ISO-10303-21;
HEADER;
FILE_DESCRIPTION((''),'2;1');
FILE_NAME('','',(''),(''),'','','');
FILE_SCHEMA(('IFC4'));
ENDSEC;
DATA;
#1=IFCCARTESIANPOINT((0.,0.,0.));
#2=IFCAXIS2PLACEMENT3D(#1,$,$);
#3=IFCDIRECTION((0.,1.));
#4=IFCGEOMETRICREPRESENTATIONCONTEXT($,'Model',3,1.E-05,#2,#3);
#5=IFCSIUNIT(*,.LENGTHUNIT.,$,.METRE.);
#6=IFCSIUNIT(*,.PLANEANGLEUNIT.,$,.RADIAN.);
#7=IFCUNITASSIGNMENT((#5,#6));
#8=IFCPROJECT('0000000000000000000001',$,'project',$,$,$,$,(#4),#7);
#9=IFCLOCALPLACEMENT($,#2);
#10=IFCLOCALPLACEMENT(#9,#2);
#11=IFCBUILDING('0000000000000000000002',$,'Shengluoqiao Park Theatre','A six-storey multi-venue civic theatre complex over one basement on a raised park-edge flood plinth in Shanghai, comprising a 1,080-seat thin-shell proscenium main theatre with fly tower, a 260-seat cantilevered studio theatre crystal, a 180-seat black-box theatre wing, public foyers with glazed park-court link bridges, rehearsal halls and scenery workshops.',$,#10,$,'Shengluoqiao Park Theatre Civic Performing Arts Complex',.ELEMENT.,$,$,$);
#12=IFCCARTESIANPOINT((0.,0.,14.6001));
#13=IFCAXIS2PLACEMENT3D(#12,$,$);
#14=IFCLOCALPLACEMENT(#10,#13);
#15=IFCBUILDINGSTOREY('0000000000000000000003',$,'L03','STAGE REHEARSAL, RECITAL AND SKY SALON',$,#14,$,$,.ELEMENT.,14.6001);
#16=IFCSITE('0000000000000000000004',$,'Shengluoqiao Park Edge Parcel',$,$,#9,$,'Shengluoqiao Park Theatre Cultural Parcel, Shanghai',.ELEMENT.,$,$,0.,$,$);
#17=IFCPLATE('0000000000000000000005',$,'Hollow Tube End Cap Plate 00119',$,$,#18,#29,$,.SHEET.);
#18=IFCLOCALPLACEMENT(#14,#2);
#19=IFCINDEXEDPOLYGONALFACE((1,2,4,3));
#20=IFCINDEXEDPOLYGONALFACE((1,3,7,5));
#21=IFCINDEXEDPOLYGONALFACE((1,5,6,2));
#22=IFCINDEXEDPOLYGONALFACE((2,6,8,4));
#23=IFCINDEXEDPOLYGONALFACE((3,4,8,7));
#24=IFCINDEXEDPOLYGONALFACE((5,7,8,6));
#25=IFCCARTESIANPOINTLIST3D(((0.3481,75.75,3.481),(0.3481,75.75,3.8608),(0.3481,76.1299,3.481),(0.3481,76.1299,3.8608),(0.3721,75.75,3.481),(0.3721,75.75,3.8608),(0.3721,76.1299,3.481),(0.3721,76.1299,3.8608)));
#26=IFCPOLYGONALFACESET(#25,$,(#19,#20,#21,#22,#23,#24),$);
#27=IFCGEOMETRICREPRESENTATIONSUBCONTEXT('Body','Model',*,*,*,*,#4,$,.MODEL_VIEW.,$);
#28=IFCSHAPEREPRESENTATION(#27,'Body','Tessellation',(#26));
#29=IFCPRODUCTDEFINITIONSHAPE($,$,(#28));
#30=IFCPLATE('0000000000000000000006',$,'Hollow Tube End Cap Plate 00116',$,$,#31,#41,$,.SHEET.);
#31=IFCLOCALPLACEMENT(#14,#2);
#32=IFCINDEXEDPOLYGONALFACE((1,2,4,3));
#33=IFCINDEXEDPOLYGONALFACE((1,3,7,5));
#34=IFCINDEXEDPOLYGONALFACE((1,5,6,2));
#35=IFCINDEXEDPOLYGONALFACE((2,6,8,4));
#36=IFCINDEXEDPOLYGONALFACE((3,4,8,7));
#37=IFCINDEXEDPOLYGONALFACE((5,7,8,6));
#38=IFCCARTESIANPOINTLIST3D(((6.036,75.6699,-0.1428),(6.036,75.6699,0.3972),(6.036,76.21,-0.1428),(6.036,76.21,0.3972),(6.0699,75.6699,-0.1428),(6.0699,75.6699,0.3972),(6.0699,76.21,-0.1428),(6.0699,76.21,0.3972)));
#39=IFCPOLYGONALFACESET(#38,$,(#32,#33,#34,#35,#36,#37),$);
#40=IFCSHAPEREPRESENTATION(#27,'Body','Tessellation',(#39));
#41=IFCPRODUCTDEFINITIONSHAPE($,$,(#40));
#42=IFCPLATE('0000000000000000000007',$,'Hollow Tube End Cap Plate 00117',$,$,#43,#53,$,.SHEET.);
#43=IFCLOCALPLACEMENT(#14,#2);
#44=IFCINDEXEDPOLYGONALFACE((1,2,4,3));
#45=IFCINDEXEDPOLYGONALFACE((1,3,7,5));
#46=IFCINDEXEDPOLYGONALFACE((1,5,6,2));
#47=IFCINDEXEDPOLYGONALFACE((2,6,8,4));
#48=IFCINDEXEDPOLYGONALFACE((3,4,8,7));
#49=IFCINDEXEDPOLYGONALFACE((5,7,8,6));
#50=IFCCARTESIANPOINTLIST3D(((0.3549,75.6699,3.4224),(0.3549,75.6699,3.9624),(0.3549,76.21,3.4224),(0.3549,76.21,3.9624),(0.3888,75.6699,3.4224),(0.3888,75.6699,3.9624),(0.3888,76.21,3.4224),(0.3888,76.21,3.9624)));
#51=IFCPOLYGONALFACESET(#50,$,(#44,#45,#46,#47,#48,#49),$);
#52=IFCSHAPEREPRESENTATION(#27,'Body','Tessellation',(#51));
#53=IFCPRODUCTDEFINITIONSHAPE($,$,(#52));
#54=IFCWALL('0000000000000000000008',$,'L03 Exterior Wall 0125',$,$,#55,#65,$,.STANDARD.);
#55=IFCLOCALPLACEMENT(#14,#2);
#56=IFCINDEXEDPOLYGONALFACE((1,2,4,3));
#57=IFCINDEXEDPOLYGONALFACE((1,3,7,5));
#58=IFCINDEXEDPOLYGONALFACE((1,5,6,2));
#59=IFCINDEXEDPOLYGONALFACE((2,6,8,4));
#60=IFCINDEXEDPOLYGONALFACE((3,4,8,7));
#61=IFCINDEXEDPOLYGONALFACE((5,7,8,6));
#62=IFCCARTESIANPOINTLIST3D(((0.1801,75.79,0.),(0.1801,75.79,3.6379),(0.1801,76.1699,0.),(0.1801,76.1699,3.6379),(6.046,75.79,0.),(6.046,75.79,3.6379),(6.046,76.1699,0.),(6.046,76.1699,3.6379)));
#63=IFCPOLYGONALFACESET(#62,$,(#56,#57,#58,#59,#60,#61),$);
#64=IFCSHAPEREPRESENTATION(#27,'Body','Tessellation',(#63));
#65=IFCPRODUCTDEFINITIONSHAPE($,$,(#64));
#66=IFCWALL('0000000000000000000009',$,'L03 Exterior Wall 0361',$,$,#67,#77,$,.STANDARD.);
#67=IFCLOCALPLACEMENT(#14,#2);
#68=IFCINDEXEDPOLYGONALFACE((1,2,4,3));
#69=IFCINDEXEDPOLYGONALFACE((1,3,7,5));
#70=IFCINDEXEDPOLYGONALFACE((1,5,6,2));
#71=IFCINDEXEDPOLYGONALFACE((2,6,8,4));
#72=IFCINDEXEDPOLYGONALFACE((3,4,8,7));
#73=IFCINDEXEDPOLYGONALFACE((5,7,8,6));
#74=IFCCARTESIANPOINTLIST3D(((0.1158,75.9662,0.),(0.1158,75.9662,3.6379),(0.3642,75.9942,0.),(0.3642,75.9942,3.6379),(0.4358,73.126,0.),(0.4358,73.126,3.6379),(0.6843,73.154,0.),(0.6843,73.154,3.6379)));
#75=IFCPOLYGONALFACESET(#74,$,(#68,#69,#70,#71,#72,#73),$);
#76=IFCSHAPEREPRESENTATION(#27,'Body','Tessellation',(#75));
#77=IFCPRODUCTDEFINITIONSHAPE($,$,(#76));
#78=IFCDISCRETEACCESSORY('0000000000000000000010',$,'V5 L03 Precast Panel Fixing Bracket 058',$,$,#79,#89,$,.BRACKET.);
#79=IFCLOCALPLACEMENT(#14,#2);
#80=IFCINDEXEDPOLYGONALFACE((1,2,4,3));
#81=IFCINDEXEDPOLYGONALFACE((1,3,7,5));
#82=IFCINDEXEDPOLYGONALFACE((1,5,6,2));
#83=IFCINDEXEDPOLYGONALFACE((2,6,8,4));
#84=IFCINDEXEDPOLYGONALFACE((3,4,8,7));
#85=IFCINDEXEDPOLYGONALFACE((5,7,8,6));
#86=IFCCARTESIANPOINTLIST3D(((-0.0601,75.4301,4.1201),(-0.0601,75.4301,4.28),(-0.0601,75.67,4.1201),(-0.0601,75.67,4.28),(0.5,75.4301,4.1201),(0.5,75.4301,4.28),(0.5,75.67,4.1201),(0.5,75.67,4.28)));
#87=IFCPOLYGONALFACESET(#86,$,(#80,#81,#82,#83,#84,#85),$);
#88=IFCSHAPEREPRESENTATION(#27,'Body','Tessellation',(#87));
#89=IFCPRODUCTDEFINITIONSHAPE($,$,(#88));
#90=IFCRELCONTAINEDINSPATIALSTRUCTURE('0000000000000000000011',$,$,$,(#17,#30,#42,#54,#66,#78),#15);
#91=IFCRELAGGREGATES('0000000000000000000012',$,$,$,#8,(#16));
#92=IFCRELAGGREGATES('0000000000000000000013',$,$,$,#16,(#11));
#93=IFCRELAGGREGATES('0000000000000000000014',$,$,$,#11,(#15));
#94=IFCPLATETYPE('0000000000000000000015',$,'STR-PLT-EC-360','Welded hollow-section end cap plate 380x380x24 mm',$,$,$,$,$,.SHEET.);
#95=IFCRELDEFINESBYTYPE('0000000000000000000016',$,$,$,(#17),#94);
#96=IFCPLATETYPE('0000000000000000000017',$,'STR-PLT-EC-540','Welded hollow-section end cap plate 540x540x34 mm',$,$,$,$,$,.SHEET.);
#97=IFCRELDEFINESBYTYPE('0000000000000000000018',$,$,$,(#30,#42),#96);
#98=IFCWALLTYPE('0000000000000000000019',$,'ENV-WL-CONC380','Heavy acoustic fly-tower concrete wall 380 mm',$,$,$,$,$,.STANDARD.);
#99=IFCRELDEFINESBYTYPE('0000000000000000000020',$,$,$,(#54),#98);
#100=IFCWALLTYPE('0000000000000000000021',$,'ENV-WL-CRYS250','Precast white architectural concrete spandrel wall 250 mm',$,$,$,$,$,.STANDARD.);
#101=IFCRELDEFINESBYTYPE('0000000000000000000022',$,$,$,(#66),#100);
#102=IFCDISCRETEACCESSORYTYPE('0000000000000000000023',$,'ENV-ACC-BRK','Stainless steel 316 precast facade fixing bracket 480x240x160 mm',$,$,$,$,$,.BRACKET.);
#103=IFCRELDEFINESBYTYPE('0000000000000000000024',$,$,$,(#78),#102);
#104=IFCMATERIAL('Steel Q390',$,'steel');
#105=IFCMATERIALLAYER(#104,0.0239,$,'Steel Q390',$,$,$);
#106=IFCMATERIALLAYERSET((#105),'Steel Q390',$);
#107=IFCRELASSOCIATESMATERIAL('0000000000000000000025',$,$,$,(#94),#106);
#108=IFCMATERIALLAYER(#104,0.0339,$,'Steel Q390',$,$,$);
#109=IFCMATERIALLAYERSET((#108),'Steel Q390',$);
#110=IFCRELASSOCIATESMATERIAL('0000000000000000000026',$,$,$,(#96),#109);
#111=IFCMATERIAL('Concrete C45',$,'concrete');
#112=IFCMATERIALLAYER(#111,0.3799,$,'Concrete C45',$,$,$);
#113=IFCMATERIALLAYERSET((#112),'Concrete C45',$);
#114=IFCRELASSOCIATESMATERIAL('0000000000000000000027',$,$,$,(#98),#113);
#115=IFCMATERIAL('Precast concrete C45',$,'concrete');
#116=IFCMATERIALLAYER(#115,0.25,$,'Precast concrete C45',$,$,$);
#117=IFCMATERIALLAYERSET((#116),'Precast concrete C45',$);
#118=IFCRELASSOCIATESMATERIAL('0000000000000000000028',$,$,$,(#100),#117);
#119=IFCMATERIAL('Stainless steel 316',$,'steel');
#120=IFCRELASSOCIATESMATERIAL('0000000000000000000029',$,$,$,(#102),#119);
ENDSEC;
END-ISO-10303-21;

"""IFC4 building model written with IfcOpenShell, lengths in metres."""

from ifc_helpers import new_model, si_unit, direction, frame, frame_2d, origin, origin_2d, place, context, subcontext, project, spatial, rectangle, extrude, material, layer, layer_set, type_object, element, save


model = new_model("IFC4")

# Units and contexts
model_context = context("Model", 3, precision=1e-05, world=origin(), true_north=direction((0.0, 1.0)))
body_context = subcontext(model_context, "Body", "Model", "MODEL_VIEW")
ifc_project = project(units=[si_unit("LENGTHUNIT", "METRE"), si_unit("PLANEANGLEUNIT", "RADIAN")], contexts=[model_context])

# Site, building, storey
site_placement = place(None, origin())
site = spatial("IfcSite", under=ifc_project, at=site_placement, Name="Shengluoqiao Park Edge Parcel", LongName="Shengluoqiao Park Theatre Cultural Parcel, Shanghai", CompositionType="ELEMENT", RefElevation=0.0)
building_placement = place(site_placement, origin())
building = spatial("IfcBuilding", under=site, at=building_placement, Name="Shengluoqiao Park Theatre", Description="A six-storey multi-venue civic theatre complex over one basement on a raised park-edge flood plinth in Shanghai, comprising a 1,080-seat thin-shell proscenium main theatre with fly tower, a 260-seat cantilevered studio theatre crystal, a 180-seat black-box theatre wing, public foyers with glazed park-court link bridges, rehearsal halls and scenery workshops.", LongName="Shengluoqiao Park Theatre Civic Performing Arts Complex", CompositionType="ELEMENT")
storey_placement = place(building_placement, frame((0.0, 0.0, 14.6001)))
storey = spatial("IfcBuildingStorey", under=building, at=storey_placement, Name="L03", Description="STAGE REHEARSAL, RECITAL AND SKY SALON", CompositionType="ELEMENT", Elevation=14.6001)

# Shared definitions
ifc_material_1 = material(Name="Steel Q390", Category="steel")

# Shared definitions
ifc_material_2 = material(Name="Precast concrete C45", Category="concrete")

# Plates
ifc_layer_1 = layer(ifc_material_1, 0.0239, Name="Steel Q390")
ifc_layer_set_1 = layer_set([ifc_layer_1], Name="Steel Q390")
plate_type_1 = type_object("IfcPlateType", Name="STR-PLT-EC-360", Description="Welded hollow-section end cap plate 380x380x24 mm", PredefinedType="SHEET", material=ifc_layer_set_1)
for number, where, z_axis, x_axis, name in (
    (1, (0.3601, 75.9399, 3.481), (0.0, 0.0, 1.0), (1.0, 0.0, 0.0), "Hollow Tube End Cap Plate 00119"),
):
    element("IfcPlate", number, at=place(storey_placement, frame(where, z_axis=z_axis, x_axis=x_axis)), inside=storey, type_object=plate_type_1, Name=name, PredefinedType="SHEET", context=body_context, shape_type="SweptSolid", body=[
        extrude(rectangle(XDim=0.0239, YDim=0.3799, at=origin_2d()), origin(), (0.0, 0.0, 1.0), 0.3799),
    ])
ifc_layer_2 = layer(ifc_material_1, 0.0339, Name="Steel Q390")
ifc_layer_set_2 = layer_set([ifc_layer_2], Name="Steel Q390")
plate_type_2 = type_object("IfcPlateType", Name="STR-PLT-EC-540", Description="Welded hollow-section end cap plate 540x540x34 mm", PredefinedType="SHEET", material=ifc_layer_set_2)
for number, where, z_axis, x_axis, name in (
    (2, (6.053, 75.9399, -0.1428), (0.0, 0.0, 1.0), (-1.0, 0.0, 0.0), "Hollow Tube End Cap Plate 00116"),
    (3, (0.3718, 75.9399, 3.4224), (0.0, 0.0, 1.0), (-1.0, 0.0, 0.0), "Hollow Tube End Cap Plate 00117"),
):
    element("IfcPlate", number, at=place(storey_placement, frame(where, z_axis=z_axis, x_axis=x_axis)), inside=storey, type_object=plate_type_2, Name=name, PredefinedType="SHEET", context=body_context, shape_type="SweptSolid", body=[
        extrude(rectangle(XDim=0.0339, YDim=0.54, at=origin_2d()), origin(), (0.0, 0.0, 1.0), 0.54),
    ])

# Walls
ifc_material_3 = material(Name="Concrete C45", Category="concrete")
ifc_layer_3 = layer(ifc_material_3, 0.3799, Name="Concrete C45")
ifc_layer_set_3 = layer_set([ifc_layer_3], Name="Concrete C45")
wall_type_1 = type_object("IfcWallType", Name="ENV-WL-CONC380", Description="Heavy acoustic fly-tower concrete wall 380 mm", PredefinedType="STANDARD", material=ifc_layer_set_3)
wall_1_placement = place(storey_placement, frame((0.1799, 75.98, 0.0), z_axis=(0.0, 0.0, 1.0), x_axis=(1.0, 0.0, 0.0)))
element("IfcWall", 4, at=wall_1_placement, inside=storey, type_object=wall_type_1, Name="L03 Exterior Wall 0125", PredefinedType="STANDARD", context=body_context, shape_type="SweptSolid", body=[
    extrude(rectangle(XDim=5.866, YDim=0.3799, at=frame_2d((2.9331, 0.0))), origin(), (0.0, 0.0, 1.0), 3.6379),
])
ifc_layer_4 = layer(ifc_material_2, 0.25, Name="Precast concrete C45")
ifc_layer_set_4 = layer_set([ifc_layer_4], Name="Precast concrete C45")
wall_type_2 = type_object("IfcWallType", Name="ENV-WL-CRYS250", Description="Precast white architectural concrete spandrel wall 250 mm", PredefinedType="STANDARD", material=ifc_layer_set_4)
wall_2_placement = place(storey_placement, frame((0.5601, 73.1399, 0.0), z_axis=(0.0, 0.0, 1.0), x_axis=(-0.111988, 0.99371, 0.0)))
element("IfcWall", 5, at=wall_2_placement, inside=storey, type_object=wall_type_2, Name="L03 Exterior Wall 0361", PredefinedType="STANDARD", context=body_context, shape_type="SweptSolid", body=[
    extrude(rectangle(XDim=2.8582, YDim=0.25, at=frame_2d((1.4292, 0.0))), origin(), (0.0, 0.0, 1.0), 3.6379),
])

# Discrete accessory
ifc_material_4 = material(Name="Stainless steel 316", Category="steel")
discrete_accessory_type = type_object("IfcDiscreteAccessoryType", Name="ENV-ACC-BRK", Description="Stainless steel 316 precast facade fixing bracket 480x240x160 mm", PredefinedType="BRACKET", material=ifc_material_4)
discrete_accessory_placement = place(storey_placement, frame((0.22, 75.55, 4.1201), z_axis=(0.0, 0.0, 1.0), x_axis=(1.0, 0.0, 0.0)))
element("IfcDiscreteAccessory", 6, at=discrete_accessory_placement, inside=storey, type_object=discrete_accessory_type, Name="V5 L03 Precast Panel Fixing Bracket 058", PredefinedType="BRACKET", context=body_context, shape_type="SweptSolid", body=[
    extrude(rectangle(XDim=0.5601, YDim=0.24, at=origin_2d()), origin(), (0.0, 0.0, 1.0), 0.1599),
])

save(model, "model.ifc")
